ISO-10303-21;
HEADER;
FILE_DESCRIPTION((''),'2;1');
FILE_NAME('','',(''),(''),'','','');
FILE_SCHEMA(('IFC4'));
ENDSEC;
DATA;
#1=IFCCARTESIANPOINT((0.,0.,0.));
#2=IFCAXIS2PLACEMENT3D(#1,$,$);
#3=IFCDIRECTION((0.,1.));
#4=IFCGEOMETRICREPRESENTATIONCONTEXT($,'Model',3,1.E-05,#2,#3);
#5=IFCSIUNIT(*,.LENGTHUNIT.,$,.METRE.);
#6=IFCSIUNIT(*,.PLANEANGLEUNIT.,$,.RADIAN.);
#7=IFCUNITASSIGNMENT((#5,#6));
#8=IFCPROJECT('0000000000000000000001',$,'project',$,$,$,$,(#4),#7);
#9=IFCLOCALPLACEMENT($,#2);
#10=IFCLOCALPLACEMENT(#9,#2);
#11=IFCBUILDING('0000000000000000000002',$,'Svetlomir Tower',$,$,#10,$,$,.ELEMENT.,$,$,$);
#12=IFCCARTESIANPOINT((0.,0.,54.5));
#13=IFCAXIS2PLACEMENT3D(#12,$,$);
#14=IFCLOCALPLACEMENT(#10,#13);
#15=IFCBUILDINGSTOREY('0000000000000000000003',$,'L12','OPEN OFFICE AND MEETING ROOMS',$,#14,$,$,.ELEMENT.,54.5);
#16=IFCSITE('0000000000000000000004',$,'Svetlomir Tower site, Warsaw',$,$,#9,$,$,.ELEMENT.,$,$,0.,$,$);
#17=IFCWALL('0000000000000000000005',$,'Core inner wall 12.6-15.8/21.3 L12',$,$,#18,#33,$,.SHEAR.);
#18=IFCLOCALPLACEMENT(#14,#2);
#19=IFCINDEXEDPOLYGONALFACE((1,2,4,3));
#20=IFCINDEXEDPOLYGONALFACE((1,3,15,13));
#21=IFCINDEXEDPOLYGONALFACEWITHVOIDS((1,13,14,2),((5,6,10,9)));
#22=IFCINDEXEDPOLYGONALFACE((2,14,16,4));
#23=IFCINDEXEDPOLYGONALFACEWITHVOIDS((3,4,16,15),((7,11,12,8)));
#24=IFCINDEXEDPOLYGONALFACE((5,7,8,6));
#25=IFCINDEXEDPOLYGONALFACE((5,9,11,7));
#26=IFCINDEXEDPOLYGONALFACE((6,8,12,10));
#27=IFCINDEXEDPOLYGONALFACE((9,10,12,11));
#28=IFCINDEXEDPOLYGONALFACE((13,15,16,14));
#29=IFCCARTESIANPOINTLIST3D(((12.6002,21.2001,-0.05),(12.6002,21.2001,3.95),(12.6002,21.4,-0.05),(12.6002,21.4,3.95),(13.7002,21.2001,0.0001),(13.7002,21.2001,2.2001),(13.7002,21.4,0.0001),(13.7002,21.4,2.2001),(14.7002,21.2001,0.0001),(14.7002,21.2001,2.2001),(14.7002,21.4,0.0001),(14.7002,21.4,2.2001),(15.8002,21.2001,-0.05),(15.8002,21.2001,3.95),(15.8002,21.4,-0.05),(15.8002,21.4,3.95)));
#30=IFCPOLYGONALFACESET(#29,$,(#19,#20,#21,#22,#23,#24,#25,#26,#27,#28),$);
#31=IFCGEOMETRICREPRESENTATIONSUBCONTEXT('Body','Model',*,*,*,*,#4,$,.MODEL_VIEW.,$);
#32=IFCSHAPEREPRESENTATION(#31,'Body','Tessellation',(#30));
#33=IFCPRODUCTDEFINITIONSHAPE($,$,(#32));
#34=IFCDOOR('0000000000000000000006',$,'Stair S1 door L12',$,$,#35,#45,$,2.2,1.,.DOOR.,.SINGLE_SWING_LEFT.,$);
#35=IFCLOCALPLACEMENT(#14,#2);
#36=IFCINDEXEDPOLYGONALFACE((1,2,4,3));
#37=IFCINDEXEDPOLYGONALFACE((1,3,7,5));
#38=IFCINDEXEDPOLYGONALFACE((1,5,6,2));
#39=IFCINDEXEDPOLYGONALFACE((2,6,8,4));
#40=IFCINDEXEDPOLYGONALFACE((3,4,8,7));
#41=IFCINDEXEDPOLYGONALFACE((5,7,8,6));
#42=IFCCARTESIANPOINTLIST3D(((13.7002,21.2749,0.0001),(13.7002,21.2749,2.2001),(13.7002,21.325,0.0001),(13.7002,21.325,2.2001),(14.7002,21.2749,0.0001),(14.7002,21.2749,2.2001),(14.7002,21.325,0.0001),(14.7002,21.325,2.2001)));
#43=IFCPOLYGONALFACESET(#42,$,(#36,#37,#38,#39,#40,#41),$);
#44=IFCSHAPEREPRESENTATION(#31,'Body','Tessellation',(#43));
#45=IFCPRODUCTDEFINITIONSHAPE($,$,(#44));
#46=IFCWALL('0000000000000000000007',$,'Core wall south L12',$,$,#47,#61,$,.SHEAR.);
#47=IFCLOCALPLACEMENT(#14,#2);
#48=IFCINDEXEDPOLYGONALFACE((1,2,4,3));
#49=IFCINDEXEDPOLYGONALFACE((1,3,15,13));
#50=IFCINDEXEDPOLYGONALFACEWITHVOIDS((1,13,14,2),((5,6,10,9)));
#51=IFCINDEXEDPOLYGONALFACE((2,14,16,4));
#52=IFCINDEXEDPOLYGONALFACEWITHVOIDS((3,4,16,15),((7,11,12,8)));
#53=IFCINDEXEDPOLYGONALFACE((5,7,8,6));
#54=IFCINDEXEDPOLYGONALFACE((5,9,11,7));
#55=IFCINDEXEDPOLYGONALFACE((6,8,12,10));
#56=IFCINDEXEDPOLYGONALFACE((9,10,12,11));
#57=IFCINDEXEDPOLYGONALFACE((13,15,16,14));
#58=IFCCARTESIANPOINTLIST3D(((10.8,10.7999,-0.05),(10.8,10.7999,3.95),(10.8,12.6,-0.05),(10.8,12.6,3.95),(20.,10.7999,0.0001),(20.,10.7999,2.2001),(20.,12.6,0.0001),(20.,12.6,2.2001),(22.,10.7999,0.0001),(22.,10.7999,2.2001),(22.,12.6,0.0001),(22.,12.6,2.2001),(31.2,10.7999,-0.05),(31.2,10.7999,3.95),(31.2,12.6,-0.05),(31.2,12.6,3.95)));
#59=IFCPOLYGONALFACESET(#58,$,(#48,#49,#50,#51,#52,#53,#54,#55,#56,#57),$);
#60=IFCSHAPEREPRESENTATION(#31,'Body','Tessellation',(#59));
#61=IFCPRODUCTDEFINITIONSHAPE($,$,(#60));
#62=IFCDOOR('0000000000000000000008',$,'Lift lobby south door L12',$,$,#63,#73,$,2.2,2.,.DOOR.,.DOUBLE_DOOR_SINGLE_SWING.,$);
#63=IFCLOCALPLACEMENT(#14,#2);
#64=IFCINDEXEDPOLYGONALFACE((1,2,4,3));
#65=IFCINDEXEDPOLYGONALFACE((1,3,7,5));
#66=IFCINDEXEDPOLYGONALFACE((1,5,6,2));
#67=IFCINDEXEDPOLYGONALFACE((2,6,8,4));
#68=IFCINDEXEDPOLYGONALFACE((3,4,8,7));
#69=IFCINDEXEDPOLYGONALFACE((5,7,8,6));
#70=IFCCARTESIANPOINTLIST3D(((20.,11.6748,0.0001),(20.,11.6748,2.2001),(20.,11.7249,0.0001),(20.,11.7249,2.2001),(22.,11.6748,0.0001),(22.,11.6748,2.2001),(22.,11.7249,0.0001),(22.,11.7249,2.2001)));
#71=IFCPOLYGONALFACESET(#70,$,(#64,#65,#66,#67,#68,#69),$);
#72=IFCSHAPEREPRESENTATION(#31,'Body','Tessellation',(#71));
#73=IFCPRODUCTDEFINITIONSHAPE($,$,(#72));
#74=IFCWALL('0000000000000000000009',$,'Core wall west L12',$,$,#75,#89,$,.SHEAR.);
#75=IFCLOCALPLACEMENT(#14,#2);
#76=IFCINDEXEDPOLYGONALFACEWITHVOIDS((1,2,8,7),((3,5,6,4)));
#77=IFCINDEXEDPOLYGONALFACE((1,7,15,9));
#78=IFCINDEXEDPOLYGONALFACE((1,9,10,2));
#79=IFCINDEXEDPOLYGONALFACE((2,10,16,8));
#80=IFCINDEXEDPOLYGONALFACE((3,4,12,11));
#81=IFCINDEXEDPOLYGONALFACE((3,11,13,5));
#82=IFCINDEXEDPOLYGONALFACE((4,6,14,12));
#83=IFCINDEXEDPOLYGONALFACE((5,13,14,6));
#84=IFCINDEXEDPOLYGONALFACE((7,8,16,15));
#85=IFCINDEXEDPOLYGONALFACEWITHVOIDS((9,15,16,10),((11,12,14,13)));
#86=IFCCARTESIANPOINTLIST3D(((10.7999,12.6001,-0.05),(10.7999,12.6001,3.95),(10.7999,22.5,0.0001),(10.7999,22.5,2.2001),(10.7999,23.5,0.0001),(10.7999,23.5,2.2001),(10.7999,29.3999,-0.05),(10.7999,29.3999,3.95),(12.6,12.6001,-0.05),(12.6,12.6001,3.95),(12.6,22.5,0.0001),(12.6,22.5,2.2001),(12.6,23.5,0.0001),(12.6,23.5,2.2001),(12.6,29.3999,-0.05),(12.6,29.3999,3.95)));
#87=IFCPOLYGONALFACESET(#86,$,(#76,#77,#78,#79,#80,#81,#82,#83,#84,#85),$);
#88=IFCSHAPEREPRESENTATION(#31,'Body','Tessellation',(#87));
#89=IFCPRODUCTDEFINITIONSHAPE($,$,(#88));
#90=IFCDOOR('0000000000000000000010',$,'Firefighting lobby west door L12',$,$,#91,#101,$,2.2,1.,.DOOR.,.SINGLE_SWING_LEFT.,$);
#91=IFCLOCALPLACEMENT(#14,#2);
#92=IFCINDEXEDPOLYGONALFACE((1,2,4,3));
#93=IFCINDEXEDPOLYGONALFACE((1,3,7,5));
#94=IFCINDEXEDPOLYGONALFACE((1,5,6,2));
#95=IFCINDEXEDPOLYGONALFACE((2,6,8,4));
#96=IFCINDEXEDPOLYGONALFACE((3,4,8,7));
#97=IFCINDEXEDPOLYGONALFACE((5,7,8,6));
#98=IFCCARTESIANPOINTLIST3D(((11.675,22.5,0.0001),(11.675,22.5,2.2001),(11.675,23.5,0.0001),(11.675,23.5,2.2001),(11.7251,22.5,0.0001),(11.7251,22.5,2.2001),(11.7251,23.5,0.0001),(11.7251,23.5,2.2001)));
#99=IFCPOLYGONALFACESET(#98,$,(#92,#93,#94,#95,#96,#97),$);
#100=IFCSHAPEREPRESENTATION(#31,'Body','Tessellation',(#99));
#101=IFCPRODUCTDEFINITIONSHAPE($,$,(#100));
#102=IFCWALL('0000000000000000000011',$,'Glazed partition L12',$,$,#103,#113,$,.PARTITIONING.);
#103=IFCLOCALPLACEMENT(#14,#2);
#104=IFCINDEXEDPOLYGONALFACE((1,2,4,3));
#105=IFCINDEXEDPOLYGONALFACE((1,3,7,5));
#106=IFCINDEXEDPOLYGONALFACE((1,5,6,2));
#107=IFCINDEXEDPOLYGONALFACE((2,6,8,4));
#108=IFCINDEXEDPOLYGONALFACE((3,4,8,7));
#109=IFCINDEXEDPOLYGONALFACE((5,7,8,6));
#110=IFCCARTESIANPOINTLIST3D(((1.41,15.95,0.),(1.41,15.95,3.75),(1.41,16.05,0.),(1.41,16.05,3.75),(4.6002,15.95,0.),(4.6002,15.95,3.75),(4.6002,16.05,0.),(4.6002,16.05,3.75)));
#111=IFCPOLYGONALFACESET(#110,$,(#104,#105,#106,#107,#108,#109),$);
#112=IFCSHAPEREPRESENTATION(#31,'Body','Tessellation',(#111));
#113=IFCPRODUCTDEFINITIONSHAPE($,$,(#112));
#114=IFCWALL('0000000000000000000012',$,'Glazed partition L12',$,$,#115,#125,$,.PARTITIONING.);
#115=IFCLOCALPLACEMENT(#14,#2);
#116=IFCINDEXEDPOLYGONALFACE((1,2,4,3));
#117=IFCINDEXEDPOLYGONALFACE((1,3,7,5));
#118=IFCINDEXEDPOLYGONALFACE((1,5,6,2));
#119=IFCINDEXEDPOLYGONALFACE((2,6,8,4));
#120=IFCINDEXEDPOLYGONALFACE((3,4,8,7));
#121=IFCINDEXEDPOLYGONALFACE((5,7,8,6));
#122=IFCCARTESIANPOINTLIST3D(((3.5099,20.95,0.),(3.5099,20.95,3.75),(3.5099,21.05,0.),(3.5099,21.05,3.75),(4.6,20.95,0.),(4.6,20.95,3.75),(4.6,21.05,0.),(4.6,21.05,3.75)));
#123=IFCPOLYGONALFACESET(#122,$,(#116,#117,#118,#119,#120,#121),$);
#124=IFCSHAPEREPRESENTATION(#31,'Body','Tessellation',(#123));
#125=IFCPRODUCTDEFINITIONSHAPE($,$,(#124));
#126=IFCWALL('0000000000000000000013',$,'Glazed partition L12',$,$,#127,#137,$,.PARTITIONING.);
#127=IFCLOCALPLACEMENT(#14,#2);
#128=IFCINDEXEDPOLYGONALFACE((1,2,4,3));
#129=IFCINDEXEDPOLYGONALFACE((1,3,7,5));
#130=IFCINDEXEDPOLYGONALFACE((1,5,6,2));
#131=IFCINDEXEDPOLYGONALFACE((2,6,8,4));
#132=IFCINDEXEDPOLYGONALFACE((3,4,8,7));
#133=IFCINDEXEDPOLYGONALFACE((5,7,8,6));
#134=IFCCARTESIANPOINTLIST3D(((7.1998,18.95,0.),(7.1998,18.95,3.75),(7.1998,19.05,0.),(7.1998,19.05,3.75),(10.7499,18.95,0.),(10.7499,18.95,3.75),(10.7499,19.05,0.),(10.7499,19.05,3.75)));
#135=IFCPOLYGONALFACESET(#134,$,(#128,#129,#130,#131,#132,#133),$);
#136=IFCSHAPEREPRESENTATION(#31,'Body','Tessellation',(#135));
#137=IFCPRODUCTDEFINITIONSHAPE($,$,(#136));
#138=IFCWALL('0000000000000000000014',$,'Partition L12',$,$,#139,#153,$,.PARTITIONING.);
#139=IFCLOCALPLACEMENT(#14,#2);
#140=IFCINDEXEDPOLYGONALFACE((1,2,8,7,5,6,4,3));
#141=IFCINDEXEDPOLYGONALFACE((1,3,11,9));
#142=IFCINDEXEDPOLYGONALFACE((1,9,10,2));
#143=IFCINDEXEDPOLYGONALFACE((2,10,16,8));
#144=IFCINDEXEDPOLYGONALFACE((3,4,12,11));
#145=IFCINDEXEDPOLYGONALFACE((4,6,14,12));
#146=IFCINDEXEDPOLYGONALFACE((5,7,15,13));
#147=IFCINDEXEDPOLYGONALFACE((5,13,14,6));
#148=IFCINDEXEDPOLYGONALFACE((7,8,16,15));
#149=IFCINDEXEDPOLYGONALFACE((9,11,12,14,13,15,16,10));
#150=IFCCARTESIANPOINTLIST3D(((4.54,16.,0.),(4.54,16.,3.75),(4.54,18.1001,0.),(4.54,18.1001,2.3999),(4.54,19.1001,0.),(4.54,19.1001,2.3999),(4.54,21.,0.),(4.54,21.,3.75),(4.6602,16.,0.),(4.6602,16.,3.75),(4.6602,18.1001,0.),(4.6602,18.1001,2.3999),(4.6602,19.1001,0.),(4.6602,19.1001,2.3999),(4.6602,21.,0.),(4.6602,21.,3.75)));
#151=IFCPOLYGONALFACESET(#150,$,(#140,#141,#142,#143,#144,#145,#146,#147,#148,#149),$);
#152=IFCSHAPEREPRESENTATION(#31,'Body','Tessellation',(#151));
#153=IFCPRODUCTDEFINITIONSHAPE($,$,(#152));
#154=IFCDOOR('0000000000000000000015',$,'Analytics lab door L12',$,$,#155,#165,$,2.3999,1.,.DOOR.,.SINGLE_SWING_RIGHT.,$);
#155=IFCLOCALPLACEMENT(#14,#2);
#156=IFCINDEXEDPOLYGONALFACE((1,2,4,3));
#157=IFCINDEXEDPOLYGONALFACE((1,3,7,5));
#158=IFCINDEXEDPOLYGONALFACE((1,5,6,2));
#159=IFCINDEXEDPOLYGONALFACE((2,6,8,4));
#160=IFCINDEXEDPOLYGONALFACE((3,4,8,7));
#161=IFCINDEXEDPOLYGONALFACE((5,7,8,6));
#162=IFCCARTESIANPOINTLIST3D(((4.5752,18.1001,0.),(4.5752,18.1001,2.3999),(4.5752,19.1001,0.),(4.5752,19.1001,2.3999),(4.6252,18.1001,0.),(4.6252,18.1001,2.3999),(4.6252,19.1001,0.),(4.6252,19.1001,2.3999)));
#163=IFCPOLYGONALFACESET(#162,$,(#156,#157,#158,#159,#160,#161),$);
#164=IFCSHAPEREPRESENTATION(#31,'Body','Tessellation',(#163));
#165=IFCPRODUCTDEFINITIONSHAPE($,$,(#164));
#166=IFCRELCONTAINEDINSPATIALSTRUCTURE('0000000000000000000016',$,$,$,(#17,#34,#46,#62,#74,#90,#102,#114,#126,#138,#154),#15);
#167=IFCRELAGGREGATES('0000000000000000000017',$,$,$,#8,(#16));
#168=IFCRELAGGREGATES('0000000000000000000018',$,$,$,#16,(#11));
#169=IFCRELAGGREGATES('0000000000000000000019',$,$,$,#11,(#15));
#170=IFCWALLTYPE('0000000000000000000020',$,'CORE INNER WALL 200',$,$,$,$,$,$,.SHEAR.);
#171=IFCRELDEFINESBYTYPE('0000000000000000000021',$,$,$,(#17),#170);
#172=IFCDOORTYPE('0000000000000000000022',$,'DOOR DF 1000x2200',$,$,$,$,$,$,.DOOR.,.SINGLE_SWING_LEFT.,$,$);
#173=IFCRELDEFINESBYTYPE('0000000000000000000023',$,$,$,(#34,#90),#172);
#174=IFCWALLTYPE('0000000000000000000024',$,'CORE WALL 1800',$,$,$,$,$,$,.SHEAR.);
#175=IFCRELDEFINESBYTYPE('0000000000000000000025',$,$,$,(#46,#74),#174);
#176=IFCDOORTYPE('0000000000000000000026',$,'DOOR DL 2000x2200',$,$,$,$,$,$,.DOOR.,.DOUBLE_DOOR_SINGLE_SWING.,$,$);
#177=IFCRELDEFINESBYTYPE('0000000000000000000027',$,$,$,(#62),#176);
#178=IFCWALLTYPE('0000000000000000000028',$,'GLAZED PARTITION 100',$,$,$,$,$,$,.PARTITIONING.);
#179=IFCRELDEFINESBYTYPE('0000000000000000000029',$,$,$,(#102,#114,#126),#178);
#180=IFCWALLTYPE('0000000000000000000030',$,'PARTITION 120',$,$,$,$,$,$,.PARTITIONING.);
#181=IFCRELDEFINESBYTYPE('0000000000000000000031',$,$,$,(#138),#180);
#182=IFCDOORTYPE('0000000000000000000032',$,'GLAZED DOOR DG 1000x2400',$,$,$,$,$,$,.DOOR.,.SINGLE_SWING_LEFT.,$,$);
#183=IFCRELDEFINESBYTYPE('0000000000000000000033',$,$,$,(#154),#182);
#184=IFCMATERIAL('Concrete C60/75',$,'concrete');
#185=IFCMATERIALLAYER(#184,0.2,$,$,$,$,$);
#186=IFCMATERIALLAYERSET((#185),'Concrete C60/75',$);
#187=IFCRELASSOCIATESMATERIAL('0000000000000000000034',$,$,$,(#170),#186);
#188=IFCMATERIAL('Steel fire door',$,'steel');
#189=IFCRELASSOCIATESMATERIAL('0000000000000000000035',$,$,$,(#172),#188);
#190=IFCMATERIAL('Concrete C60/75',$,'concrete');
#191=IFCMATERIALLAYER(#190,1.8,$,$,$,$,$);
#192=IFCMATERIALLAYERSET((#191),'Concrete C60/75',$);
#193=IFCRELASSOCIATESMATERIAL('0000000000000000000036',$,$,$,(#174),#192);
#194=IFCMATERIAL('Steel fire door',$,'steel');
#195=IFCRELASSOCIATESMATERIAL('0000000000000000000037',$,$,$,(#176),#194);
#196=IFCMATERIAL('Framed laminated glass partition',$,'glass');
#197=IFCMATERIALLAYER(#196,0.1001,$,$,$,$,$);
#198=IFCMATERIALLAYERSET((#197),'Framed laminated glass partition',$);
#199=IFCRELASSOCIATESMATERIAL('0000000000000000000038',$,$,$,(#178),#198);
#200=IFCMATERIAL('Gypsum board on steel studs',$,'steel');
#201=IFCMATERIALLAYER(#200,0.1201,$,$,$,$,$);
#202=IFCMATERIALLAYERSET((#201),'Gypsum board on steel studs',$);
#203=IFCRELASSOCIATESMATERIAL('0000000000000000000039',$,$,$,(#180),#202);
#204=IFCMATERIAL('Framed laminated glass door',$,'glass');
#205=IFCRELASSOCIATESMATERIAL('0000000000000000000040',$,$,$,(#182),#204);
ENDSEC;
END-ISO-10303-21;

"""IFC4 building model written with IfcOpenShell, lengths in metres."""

from ifc_helpers import new_model, si_unit, direction, frame, frame_2d, origin, place, context, subcontext, project, spatial, rectangle, extrude, material, layer, layer_set, type_object, element, fill, save


model = new_model("IFC4")

# Units and contexts
model_context = context("Model", 3, precision=1e-05, world=origin(), true_north=direction((0.0, 1.0)))
body_context = subcontext(model_context, "Body", "Model", "MODEL_VIEW")
ifc_project = project(units=[si_unit("LENGTHUNIT", "METRE"), si_unit("PLANEANGLEUNIT", "RADIAN")], contexts=[model_context])

# Site, building, storey
site_placement = place(None, origin())
site = spatial("IfcSite", under=ifc_project, at=site_placement, Name="Svetlomir Tower site, Warsaw", CompositionType="ELEMENT", RefElevation=0.0)
building_placement = place(site_placement, origin())
building = spatial("IfcBuilding", under=site, at=building_placement, Name="Svetlomir Tower", CompositionType="ELEMENT")
storey_placement = place(building_placement, frame((0.0, 0.0, 54.5)))
storey = spatial("IfcBuildingStorey", under=building, at=storey_placement, Name="L12", Description="OPEN OFFICE AND MEETING ROOMS", CompositionType="ELEMENT", Elevation=54.5)

# Walls, openings, doors
ifc_material_1 = material(Name="Concrete C60/75", Category="concrete")
ifc_layer_1 = layer(ifc_material_1, 0.2)
ifc_layer_set_1 = layer_set([ifc_layer_1], Name="Concrete C60/75")
wall_type_1 = type_object("IfcWallType", Name="CORE INNER WALL 200", PredefinedType="SHEAR", material=ifc_layer_set_1)
wall_1_placement = place(storey_placement, frame((12.6001, 21.3, -0.05), z_axis=(0.0, 0.0, 1.0), x_axis=(1.0, 0.0, 0.0)))
wall_1 = element("IfcWall", 1, at=wall_1_placement, inside=storey, type_object=wall_type_1, Name="Core inner wall 12.6-15.8/21.3 L12", PredefinedType="SHEAR", context=body_context, shape_type="SweptSolid", body=[
    extrude(rectangle(XDim=3.2, YDim=0.2, at=frame_2d((1.6001, 0.0))), origin(), (0.0, 0.0, 1.0), 4.0),
])
opening_1_placement = place(wall_1_placement, frame((1.1001, 0.0, 0.05)))
opening_1 = element("IfcOpeningElement", 2, at=opening_1_placement, cuts=wall_1, PredefinedType="OPENING", context=body_context, shape_type="SweptSolid", body=[
    extrude(rectangle(XDim=1.0, YDim=2.2, at=frame_2d((0.5, 1.1001))), frame((0.0, 0.1099, 0.0), z_axis=(0.0, -1.0, 0.0), x_axis=(1.0, 0.0, 0.0)), (0.0, 0.0, 1.0), 0.22),
])
ifc_material_2 = material(Name="Steel fire door", Category="steel")
door_type_1 = type_object("IfcDoorType", Name="DOOR DF 1000x2200", OperationType="SINGLE_SWING_LEFT", PredefinedType="DOOR", material=ifc_material_2)
door_1_placement = place(opening_1_placement, origin())
door_1 = element("IfcDoor", 3, at=door_1_placement, inside=storey, type_object=door_type_1, Name="Stair S1 door L12", OperationType="SINGLE_SWING_LEFT", OverallHeight=2.2, OverallWidth=1.0, PredefinedType="DOOR", context=body_context, shape_type="SweptSolid", body=[
    extrude(rectangle(XDim=1.0, YDim=2.2, at=frame_2d((0.5, 1.1001))), frame((0.0, 0.0249, 0.0), z_axis=(0.0, -1.0, 0.0), x_axis=(1.0, 0.0, 0.0)), (0.0, 0.0, 1.0), 0.05),
])
fill(opening_1, door_1)
ifc_material_3 = material(Name="Concrete C60/75", Category="concrete")
ifc_layer_2 = layer(ifc_material_3, 1.8)
ifc_layer_set_2 = layer_set([ifc_layer_2], Name="Concrete C60/75")
wall_type_2 = type_object("IfcWallType", Name="CORE WALL 1800", PredefinedType="SHEAR", material=ifc_layer_set_2)
wall_2_placement = place(storey_placement, frame((10.8, 11.7, -0.05), z_axis=(0.0, 0.0, 1.0), x_axis=(1.0, 0.0, 0.0)))
wall_2 = element("IfcWall", 4, at=wall_2_placement, inside=storey, type_object=wall_type_2, Name="Core wall south L12", PredefinedType="SHEAR", context=body_context, shape_type="SweptSolid", body=[
    extrude(rectangle(XDim=20.3999, YDim=1.8, at=frame_2d((10.2, 0.0))), origin(), (0.0, 0.0, 1.0), 4.0),
])
opening_2_placement = place(wall_2_placement, frame((9.2, 0.0, 0.05)))
opening_2 = element("IfcOpeningElement", 5, at=opening_2_placement, cuts=wall_2, PredefinedType="OPENING", context=body_context, shape_type="SweptSolid", body=[
    extrude(rectangle(XDim=2.0, YDim=2.2, at=frame_2d((1.0, 1.1001))), frame((0.0, 0.9102, 0.0), z_axis=(0.0, -1.0, 0.0), x_axis=(1.0, 0.0, 0.0)), (0.0, 0.0, 1.0), 1.8201),
])
ifc_material_4 = material(Name="Steel fire door", Category="steel")
door_type_2 = type_object("IfcDoorType", Name="DOOR DL 2000x2200", OperationType="DOUBLE_DOOR_SINGLE_SWING", PredefinedType="DOOR", material=ifc_material_4)
door_2_placement = place(opening_2_placement, origin())
door_2 = element("IfcDoor", 6, at=door_2_placement, inside=storey, type_object=door_type_2, Name="Lift lobby south door L12", OperationType="DOUBLE_DOOR_SINGLE_SWING", OverallHeight=2.2, OverallWidth=2.0, PredefinedType="DOOR", context=body_context, shape_type="SweptSolid", body=[
    extrude(rectangle(XDim=2.0, YDim=2.2, at=frame_2d((1.0, 1.1001))), frame((0.0, 0.0249, 0.0), z_axis=(0.0, -1.0, 0.0), x_axis=(1.0, 0.0, 0.0)), (0.0, 0.0, 1.0), 0.05),
])
fill(opening_2, door_2)
wall_3_placement = place(storey_placement, frame((11.7, 12.6001, -0.05), z_axis=(0.0, 0.0, 1.0), x_axis=(0.0, 1.0, 0.0)))
wall_3 = element("IfcWall", 7, at=wall_3_placement, inside=storey, type_object=wall_type_2, Name="Core wall west L12", PredefinedType="SHEAR", context=body_context, shape_type="SweptSolid", body=[
    extrude(rectangle(XDim=16.7998, YDim=1.8, at=frame_2d((8.3999, 0.0))), origin(), (0.0, 0.0, 1.0), 4.0),
])
opening_3_placement = place(wall_3_placement, frame((9.8999, 0.0, 0.05)))
opening_3 = element("IfcOpeningElement", 8, at=opening_3_placement, cuts=wall_3, PredefinedType="OPENING", context=body_context, shape_type="SweptSolid", body=[
    extrude(rectangle(XDim=1.0, YDim=2.2, at=frame_2d((0.5, 1.1001))), frame((0.0, 0.9102, 0.0), z_axis=(0.0, -1.0, 0.0), x_axis=(1.0, 0.0, 0.0)), (0.0, 0.0, 1.0), 1.8201),
])
door_3_placement = place(opening_3_placement, origin())
door_3 = element("IfcDoor", 9, at=door_3_placement, inside=storey, type_object=door_type_1, Name="Firefighting lobby west door L12", OperationType="SINGLE_SWING_LEFT", OverallHeight=2.2, OverallWidth=1.0, PredefinedType="DOOR", context=body_context, shape_type="SweptSolid", body=[
    extrude(rectangle(XDim=1.0, YDim=2.2, at=frame_2d((0.5, 1.1001))), frame((0.0, 0.0249, 0.0), z_axis=(0.0, -1.0, 0.0), x_axis=(1.0, 0.0, 0.0)), (0.0, 0.0, 1.0), 0.05),
])
fill(opening_3, door_3)

# Walls
ifc_material_5 = material(Name="Framed laminated glass partition", Category="glass")
ifc_layer_3 = layer(ifc_material_5, 0.1001)
ifc_layer_set_3 = layer_set([ifc_layer_3], Name="Framed laminated glass partition")
wall_type_3 = type_object("IfcWallType", Name="GLAZED PARTITION 100", PredefinedType="PARTITIONING", material=ifc_layer_set_3)
wall_4_placement = place(storey_placement, frame((1.4099, 16.0, 0.0), z_axis=(0.0, 0.0, 1.0), x_axis=(1.0, 0.0, 0.0)))
element("IfcWall", 10, at=wall_4_placement, inside=storey, type_object=wall_type_3, Name="Glazed partition L12", PredefinedType="PARTITIONING", context=body_context, shape_type="SweptSolid", body=[
    extrude(rectangle(XDim=3.1902, YDim=0.1001, at=frame_2d((1.5952, 0.0))), origin(), (0.0, 0.0, 1.0), 3.75),
])
wall_5_placement = place(storey_placement, frame((3.51, 21.0, 0.0), z_axis=(0.0, 0.0, 1.0), x_axis=(1.0, 0.0, 0.0)))
element("IfcWall", 11, at=wall_5_placement, inside=storey, type_object=wall_type_3, Name="Glazed partition L12", PredefinedType="PARTITIONING", context=body_context, shape_type="SweptSolid", body=[
    extrude(rectangle(XDim=1.0901, YDim=0.1001, at=frame_2d((0.5449, 0.0))), origin(), (0.0, 0.0, 1.0), 3.75),
])
wall_6_placement = place(storey_placement, frame((7.2, 19.0, 0.0), z_axis=(0.0, 0.0, 1.0), x_axis=(1.0, 0.0, 0.0)))
element("IfcWall", 12, at=wall_6_placement, inside=storey, type_object=wall_type_3, Name="Glazed partition L12", PredefinedType="PARTITIONING", context=body_context, shape_type="SweptSolid", body=[
    extrude(rectangle(XDim=3.55, YDim=0.1001, at=frame_2d((1.7749, 0.0))), origin(), (0.0, 0.0, 1.0), 3.75),
])

# Wall, opening, door
ifc_material_6 = material(Name="Gypsum board on steel studs", Category="steel")
ifc_layer_4 = layer(ifc_material_6, 0.1201)
ifc_layer_set_4 = layer_set([ifc_layer_4], Name="Gypsum board on steel studs")
wall_type_4 = type_object("IfcWallType", Name="PARTITION 120", PredefinedType="PARTITIONING", material=ifc_layer_set_4)
wall_7_placement = place(storey_placement, frame((4.6001, 16.0, 0.0), z_axis=(0.0, 0.0, 1.0), x_axis=(0.0, 1.0, 0.0)))
wall_7 = element("IfcWall", 13, at=wall_7_placement, inside=storey, type_object=wall_type_4, Name="Partition L12", PredefinedType="PARTITIONING", context=body_context, shape_type="SweptSolid", body=[
    extrude(rectangle(XDim=5.0, YDim=0.1201, at=frame_2d((2.5, 0.0))), origin(), (0.0, 0.0, 1.0), 3.75),
])
opening_4_placement = place(wall_7_placement, frame((2.1001, 0.0, 0.0)))
opening_4 = element("IfcOpeningElement", 14, at=opening_4_placement, cuts=wall_7, PredefinedType="OPENING", context=body_context, shape_type="SweptSolid", body=[
    extrude(rectangle(XDim=1.0, YDim=2.3999, at=frame_2d((0.5, 1.2))), frame((0.0, 0.0701, 0.0), z_axis=(0.0, -1.0, 0.0), x_axis=(1.0, 0.0, 0.0)), (0.0, 0.0, 1.0), 0.1401),
])
ifc_material_7 = material(Name="Framed laminated glass door", Category="glass")
door_type_3 = type_object("IfcDoorType", Name="GLAZED DOOR DG 1000x2400", OperationType="SINGLE_SWING_LEFT", PredefinedType="DOOR", material=ifc_material_7)
door_4_placement = place(opening_4_placement, origin())
door_4 = element("IfcDoor", 15, at=door_4_placement, inside=storey, type_object=door_type_3, Name="Analytics lab door L12", OperationType="SINGLE_SWING_RIGHT", OverallHeight=2.3999, OverallWidth=1.0, PredefinedType="DOOR", context=body_context, shape_type="SweptSolid", body=[
    extrude(rectangle(XDim=1.0, YDim=2.3999, at=frame_2d((0.5, 1.2))), frame((0.0, 0.0249, 0.0), z_axis=(0.0, -1.0, 0.0), x_axis=(1.0, 0.0, 0.0)), (0.0, 0.0, 1.0), 0.05),
])
fill(opening_4, door_4)

save(model, "model.ifc")
